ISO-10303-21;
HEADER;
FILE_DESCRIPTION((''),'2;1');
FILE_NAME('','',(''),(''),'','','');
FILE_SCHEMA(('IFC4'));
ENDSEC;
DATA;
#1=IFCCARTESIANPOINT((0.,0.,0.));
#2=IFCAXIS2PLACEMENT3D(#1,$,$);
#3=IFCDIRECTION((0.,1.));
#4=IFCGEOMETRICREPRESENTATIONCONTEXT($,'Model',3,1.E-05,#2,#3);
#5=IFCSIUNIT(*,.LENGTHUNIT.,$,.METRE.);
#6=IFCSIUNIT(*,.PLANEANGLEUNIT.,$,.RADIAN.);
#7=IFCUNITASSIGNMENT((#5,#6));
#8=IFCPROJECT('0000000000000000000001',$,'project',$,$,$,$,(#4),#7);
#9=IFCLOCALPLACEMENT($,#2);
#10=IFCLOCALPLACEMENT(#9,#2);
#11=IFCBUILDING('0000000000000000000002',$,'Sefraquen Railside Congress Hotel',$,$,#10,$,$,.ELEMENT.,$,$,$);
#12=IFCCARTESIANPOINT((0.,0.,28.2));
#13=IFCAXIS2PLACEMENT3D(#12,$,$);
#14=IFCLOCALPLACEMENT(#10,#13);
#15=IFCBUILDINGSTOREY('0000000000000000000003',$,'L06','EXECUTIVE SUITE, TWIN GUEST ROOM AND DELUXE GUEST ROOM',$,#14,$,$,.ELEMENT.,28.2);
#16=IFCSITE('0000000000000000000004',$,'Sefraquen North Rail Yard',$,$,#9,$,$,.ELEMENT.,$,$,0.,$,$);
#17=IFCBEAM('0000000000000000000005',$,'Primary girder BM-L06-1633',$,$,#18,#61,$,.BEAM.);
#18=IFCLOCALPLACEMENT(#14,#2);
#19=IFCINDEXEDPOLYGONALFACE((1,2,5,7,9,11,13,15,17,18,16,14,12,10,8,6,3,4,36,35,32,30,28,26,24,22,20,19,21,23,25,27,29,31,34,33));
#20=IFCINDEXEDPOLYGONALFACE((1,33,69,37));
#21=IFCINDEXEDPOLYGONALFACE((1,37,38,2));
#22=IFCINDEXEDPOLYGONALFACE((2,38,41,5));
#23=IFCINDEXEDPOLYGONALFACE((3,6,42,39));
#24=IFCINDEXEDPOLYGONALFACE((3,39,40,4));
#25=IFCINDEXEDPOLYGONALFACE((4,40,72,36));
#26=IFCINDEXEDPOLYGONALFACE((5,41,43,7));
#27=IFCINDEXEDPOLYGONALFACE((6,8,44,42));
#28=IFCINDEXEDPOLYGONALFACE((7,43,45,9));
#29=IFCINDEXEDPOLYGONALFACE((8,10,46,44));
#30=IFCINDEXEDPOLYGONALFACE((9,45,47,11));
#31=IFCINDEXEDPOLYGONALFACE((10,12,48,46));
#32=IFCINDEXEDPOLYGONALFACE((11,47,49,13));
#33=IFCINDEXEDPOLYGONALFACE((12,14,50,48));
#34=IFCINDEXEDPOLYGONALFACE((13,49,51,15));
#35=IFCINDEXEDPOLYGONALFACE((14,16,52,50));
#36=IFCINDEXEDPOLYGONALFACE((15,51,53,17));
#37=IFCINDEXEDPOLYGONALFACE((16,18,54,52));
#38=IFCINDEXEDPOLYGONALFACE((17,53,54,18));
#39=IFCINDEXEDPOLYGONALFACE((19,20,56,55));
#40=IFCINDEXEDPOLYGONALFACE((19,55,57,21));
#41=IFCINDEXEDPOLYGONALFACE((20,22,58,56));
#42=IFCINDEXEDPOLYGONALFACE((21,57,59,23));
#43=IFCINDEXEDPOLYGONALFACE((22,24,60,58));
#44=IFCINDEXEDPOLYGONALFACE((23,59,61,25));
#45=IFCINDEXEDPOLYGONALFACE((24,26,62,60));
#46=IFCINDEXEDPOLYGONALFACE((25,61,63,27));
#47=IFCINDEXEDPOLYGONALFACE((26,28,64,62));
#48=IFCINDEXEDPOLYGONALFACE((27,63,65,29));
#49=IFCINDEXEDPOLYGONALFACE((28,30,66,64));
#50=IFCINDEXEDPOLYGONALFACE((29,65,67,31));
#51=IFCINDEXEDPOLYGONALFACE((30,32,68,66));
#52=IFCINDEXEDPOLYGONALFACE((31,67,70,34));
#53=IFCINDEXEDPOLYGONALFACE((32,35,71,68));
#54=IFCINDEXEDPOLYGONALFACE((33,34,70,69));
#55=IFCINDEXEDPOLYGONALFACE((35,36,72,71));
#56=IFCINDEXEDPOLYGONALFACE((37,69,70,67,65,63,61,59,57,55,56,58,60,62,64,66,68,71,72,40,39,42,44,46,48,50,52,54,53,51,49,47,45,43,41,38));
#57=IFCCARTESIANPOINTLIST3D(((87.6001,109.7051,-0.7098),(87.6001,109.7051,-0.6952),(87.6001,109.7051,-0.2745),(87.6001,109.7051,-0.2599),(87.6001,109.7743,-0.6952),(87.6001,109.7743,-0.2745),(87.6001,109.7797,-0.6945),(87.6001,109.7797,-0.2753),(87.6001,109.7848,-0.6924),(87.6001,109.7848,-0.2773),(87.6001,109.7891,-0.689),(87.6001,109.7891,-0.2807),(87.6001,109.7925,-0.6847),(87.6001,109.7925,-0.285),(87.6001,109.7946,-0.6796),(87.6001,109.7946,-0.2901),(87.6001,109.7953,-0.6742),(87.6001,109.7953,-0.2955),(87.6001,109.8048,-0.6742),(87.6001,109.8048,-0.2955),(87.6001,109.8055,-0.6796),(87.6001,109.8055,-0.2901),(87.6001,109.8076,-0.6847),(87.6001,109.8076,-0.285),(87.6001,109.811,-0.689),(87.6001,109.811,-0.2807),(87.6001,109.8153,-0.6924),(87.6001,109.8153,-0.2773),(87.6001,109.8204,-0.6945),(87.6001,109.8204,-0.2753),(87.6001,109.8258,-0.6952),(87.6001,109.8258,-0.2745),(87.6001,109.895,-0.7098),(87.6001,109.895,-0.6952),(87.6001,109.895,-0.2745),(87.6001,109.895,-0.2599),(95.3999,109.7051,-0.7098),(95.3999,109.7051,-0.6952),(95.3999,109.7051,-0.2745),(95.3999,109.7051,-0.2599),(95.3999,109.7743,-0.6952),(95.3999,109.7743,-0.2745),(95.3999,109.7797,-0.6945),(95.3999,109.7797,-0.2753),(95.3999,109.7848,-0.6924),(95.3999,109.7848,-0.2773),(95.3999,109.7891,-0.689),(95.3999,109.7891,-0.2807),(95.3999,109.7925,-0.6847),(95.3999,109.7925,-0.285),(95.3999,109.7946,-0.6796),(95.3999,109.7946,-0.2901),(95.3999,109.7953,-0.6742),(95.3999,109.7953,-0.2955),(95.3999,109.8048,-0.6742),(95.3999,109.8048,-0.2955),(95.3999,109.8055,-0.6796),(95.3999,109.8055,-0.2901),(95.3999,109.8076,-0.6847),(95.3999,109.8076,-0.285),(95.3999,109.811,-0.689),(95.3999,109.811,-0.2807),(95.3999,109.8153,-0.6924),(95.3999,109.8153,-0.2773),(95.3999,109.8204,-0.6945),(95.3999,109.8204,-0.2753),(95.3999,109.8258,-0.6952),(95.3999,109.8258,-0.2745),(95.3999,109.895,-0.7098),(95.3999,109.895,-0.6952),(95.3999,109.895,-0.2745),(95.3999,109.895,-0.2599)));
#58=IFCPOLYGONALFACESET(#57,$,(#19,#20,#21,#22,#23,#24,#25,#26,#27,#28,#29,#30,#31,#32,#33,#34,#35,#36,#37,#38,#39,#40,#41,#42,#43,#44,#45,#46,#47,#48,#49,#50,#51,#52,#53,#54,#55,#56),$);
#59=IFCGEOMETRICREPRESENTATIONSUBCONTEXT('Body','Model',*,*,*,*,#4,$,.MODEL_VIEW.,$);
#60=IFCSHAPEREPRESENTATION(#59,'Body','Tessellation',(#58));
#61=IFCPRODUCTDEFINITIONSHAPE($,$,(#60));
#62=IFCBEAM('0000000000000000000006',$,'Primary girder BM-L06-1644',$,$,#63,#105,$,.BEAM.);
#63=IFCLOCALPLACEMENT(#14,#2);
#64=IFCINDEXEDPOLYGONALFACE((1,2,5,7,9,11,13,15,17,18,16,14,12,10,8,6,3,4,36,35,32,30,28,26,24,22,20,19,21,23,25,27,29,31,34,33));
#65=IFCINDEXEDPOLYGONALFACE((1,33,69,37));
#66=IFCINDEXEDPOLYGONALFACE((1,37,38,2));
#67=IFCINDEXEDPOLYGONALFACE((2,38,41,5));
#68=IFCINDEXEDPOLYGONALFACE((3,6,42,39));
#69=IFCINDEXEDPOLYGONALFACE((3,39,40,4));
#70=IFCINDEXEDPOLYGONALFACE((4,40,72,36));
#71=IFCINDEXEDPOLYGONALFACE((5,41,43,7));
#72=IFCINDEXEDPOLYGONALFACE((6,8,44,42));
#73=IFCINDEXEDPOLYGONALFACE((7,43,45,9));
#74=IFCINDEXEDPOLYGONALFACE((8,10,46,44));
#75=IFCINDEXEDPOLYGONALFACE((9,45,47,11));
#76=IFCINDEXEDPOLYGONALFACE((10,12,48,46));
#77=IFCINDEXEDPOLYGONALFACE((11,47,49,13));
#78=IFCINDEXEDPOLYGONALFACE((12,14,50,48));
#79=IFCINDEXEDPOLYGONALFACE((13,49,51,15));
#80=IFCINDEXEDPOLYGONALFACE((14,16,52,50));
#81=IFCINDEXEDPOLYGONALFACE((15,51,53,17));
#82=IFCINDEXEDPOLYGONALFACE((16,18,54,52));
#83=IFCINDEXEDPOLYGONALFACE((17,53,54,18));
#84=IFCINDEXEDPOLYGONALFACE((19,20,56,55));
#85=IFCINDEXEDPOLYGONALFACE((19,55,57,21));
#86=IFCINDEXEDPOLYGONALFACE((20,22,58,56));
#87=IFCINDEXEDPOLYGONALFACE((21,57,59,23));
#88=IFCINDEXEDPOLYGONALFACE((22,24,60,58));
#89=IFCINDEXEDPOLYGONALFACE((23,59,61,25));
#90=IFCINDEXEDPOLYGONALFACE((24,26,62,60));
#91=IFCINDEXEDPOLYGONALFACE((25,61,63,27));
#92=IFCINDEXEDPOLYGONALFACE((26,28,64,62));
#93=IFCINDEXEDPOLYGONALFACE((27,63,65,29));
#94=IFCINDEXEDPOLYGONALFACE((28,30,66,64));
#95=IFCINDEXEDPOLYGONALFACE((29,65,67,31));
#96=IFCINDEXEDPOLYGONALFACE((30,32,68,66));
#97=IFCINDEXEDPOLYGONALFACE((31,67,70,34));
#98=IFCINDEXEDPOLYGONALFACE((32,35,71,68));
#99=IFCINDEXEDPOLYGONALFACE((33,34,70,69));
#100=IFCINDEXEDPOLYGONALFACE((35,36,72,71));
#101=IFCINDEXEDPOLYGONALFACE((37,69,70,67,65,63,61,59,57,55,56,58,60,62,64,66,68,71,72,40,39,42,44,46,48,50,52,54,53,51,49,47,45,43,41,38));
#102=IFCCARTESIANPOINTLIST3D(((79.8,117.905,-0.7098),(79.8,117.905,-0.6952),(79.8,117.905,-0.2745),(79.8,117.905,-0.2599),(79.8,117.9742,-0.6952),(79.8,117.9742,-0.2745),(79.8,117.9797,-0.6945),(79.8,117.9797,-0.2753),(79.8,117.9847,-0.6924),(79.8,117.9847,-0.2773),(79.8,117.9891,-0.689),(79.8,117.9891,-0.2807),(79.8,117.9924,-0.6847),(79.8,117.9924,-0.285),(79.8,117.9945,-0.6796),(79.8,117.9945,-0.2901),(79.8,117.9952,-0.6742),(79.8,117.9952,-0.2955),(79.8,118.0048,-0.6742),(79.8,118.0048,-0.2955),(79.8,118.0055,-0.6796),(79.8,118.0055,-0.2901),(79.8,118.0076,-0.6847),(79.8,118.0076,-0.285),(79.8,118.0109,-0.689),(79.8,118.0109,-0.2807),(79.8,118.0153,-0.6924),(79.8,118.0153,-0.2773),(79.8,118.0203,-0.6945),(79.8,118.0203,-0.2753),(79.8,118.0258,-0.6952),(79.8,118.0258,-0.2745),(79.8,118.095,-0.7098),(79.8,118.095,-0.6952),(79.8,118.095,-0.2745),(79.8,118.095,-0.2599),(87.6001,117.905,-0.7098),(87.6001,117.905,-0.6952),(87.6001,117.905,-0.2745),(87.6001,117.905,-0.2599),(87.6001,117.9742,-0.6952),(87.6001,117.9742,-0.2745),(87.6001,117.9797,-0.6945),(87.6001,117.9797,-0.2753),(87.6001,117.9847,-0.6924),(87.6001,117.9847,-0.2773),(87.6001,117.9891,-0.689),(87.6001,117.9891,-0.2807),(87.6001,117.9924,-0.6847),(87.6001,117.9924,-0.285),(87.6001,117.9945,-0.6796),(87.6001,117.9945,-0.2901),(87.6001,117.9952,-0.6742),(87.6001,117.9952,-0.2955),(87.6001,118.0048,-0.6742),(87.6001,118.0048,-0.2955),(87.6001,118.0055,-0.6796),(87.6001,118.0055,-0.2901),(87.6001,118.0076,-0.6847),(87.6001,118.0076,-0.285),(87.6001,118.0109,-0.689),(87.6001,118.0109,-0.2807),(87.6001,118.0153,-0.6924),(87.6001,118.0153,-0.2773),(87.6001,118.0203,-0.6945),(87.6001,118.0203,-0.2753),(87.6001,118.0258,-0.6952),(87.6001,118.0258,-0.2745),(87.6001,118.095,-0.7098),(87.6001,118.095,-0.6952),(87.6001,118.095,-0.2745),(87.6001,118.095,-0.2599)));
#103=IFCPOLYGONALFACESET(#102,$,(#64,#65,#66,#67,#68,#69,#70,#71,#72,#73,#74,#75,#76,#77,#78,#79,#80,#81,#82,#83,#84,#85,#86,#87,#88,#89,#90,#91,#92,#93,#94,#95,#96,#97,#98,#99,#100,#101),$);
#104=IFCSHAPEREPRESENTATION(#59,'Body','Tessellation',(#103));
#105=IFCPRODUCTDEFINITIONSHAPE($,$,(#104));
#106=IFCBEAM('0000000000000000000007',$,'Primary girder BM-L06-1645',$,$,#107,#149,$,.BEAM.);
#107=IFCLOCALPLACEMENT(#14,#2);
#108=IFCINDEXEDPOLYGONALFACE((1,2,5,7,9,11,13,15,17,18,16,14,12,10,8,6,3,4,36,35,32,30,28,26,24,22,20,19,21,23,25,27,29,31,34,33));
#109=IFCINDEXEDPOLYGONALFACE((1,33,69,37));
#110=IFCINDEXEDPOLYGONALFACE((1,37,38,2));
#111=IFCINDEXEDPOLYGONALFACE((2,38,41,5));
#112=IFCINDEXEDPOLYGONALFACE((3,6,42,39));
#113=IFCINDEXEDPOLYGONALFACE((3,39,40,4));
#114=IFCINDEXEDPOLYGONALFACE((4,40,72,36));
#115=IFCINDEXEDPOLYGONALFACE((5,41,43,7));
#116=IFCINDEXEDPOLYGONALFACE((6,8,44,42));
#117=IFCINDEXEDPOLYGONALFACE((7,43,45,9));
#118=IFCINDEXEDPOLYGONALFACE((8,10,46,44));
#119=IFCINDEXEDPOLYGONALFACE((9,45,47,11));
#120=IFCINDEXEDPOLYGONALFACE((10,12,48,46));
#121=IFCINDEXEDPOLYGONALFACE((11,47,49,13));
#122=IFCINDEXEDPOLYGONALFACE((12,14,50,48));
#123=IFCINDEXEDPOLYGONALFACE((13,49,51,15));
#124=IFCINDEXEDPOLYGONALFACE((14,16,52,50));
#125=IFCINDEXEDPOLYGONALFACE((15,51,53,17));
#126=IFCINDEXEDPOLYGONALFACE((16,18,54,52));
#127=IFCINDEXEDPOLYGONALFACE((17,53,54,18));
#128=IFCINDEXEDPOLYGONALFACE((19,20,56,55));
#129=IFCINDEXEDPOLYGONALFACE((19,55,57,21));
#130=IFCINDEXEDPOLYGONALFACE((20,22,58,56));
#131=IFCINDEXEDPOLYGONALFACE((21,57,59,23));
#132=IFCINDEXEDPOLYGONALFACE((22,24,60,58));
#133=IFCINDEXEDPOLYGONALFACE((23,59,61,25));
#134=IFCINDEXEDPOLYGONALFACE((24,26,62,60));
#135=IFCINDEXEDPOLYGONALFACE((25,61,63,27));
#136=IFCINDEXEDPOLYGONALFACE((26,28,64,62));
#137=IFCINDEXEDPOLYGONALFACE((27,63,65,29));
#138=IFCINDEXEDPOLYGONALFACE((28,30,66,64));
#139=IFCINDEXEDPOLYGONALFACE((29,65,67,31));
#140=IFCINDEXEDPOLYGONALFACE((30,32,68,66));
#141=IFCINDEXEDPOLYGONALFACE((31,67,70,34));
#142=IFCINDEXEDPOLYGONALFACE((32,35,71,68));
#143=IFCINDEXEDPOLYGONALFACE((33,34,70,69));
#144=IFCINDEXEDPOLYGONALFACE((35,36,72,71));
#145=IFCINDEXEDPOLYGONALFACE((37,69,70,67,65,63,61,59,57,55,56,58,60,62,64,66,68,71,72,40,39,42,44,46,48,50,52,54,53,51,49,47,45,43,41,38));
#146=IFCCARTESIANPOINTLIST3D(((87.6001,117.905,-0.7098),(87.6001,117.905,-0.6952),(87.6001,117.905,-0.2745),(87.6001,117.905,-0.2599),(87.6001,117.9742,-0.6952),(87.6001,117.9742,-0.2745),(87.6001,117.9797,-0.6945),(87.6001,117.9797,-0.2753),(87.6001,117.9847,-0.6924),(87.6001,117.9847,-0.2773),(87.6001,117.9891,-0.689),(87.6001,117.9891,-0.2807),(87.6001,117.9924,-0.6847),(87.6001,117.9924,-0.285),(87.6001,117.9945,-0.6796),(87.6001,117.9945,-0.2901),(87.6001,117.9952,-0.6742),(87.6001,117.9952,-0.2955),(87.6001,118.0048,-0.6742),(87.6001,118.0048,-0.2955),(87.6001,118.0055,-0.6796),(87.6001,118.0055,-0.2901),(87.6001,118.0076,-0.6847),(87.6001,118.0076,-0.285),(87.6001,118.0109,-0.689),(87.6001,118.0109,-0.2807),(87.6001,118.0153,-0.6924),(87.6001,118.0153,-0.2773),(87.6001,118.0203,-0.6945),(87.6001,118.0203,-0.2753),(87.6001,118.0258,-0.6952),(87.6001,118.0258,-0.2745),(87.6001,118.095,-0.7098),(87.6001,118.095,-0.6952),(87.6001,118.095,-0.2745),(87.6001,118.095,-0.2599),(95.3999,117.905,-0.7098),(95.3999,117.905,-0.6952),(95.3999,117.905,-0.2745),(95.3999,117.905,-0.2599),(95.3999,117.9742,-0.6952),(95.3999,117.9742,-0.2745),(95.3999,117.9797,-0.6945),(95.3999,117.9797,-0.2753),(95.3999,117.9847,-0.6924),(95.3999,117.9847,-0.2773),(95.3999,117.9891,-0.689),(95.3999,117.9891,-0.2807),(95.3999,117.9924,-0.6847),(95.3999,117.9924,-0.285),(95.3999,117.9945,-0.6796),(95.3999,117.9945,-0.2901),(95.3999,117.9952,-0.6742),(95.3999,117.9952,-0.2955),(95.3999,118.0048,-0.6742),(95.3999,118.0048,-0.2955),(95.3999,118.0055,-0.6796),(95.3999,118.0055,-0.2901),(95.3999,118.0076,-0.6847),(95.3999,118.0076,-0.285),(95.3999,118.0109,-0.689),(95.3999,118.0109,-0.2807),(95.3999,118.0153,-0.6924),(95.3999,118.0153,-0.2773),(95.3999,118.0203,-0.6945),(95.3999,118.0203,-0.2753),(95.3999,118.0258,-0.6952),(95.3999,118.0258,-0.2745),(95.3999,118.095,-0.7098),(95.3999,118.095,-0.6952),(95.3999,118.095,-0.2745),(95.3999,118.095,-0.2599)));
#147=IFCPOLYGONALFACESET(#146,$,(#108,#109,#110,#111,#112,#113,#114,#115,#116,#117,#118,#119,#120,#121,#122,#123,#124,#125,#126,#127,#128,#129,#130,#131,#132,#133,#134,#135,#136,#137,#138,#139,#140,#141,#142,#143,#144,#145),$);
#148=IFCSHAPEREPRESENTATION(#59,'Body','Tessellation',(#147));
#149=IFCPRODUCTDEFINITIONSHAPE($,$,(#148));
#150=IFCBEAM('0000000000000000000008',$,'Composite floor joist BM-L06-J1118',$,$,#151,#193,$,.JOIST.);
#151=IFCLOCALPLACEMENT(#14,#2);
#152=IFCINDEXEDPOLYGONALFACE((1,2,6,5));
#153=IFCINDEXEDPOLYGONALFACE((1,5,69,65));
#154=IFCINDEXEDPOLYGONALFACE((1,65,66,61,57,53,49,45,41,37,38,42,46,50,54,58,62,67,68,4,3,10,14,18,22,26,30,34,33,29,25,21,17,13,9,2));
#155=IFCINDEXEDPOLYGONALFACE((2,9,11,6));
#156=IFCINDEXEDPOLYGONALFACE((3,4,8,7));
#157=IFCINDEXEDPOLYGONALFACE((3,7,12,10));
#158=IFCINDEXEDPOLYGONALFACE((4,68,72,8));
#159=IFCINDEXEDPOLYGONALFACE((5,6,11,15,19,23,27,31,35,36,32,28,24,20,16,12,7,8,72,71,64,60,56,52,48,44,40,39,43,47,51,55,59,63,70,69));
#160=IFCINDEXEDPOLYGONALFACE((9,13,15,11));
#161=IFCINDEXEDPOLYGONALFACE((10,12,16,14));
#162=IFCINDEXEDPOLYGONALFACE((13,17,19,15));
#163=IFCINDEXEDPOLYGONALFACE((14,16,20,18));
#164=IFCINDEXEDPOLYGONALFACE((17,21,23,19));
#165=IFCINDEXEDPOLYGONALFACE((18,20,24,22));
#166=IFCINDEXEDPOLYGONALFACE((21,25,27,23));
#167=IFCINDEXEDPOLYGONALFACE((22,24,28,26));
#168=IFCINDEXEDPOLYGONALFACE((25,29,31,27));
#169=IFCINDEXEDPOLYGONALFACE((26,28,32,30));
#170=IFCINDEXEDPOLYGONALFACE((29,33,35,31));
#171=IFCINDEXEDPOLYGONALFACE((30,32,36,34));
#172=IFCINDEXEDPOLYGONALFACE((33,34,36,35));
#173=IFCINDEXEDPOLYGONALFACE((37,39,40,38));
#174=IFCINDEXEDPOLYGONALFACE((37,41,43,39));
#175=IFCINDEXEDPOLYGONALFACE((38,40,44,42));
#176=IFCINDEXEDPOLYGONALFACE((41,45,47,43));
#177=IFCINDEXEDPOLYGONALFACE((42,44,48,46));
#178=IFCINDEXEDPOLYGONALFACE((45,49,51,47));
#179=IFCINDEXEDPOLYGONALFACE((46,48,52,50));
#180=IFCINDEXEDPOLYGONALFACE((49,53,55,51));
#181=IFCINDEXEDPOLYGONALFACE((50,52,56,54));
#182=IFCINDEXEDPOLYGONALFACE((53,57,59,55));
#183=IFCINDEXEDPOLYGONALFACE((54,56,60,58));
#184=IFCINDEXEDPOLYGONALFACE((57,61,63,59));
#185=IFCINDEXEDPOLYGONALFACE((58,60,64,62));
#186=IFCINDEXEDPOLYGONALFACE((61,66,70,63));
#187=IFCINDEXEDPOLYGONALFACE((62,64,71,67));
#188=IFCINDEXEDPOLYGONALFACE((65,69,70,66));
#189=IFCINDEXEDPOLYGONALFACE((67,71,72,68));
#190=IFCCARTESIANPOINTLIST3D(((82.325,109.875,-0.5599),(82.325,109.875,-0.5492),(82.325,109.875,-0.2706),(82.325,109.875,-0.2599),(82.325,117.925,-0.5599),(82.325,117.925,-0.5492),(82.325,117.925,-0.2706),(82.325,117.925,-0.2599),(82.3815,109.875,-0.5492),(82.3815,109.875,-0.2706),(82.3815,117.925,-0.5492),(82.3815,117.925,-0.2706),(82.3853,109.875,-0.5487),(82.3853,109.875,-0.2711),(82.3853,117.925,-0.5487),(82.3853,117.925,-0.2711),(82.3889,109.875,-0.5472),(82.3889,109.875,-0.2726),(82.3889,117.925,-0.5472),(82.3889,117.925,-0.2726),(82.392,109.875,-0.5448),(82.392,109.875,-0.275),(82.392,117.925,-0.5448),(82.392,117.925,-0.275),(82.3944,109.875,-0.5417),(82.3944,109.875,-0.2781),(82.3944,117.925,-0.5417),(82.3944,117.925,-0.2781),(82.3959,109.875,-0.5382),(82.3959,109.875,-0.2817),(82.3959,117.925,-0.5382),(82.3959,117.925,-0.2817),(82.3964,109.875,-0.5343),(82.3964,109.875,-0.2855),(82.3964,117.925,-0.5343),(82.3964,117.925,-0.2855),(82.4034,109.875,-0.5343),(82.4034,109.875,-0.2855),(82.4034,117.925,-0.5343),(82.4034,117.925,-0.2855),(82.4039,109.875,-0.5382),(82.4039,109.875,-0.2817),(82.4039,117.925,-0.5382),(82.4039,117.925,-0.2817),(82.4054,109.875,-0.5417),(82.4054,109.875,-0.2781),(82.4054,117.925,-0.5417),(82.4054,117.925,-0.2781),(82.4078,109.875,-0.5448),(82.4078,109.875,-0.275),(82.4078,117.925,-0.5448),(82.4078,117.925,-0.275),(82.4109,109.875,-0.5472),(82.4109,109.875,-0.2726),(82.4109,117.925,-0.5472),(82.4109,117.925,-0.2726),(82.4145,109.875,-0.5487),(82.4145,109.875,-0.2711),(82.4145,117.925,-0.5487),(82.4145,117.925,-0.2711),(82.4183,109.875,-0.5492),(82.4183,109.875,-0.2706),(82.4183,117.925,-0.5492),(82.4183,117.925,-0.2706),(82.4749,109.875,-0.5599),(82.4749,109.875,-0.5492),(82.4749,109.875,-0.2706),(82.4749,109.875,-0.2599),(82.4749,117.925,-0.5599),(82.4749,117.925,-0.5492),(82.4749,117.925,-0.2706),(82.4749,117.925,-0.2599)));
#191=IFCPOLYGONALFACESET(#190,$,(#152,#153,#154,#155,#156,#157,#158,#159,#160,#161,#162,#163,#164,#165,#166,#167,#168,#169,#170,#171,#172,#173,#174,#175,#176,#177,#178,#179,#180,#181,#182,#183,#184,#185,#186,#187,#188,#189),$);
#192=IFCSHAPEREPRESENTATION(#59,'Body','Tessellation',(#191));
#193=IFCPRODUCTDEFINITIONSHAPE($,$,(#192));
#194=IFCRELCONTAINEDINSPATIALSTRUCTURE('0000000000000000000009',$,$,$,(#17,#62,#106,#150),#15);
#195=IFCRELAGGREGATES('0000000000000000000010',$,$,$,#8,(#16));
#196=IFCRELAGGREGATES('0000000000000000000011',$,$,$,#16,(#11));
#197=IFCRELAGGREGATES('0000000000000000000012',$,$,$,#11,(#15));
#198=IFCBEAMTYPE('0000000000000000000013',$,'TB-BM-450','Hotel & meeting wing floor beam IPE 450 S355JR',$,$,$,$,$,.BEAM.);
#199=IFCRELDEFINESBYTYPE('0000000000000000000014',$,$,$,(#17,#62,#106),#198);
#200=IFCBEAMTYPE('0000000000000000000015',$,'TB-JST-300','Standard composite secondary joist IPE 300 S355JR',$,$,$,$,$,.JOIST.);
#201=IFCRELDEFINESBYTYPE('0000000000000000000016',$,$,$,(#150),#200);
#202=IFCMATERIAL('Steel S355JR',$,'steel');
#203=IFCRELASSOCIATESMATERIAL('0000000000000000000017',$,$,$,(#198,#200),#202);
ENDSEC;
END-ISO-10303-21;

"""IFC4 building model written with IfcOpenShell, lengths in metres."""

from ifc_helpers import new_model, si_unit, direction, frame, origin, origin_2d, place, context, subcontext, project, spatial, i_section, extrude, material, material_profile, profile_set, type_object, element, save


model = new_model("IFC4")

# Units and contexts
model_context = context("Model", 3, precision=1e-05, world=origin(), true_north=direction((0.0, 1.0)))
body_context = subcontext(model_context, "Body", "Model", "MODEL_VIEW")
ifc_project = project(units=[si_unit("LENGTHUNIT", "METRE"), si_unit("PLANEANGLEUNIT", "RADIAN")], contexts=[model_context])

# Site, building, storey
site_placement = place(None, origin())
site = spatial("IfcSite", under=ifc_project, at=site_placement, Name="Sefraquen North Rail Yard", CompositionType="ELEMENT", RefElevation=0.0)
building_placement = place(site_placement, origin())
building = spatial("IfcBuilding", under=site, at=building_placement, Name="Sefraquen Railside Congress Hotel", CompositionType="ELEMENT")
storey_placement = place(building_placement, frame((0.0, 0.0, 28.2)))
storey = spatial("IfcBuildingStorey", under=building, at=storey_placement, Name="L06", Description="EXECUTIVE SUITE, TWIN GUEST ROOM AND DELUXE GUEST ROOM", CompositionType="ELEMENT", Elevation=28.2)

# Shared definitions
ifc_material_1 = material(Name="Steel S355JR", Category="steel")

# Beams
ifc_material_profile_1 = material_profile(ifc_material_1, i_section(OverallWidth=0.1899, OverallDepth=0.45, WebThickness=0.0095, FlangeThickness=0.0146, FilletRadius=0.021, at=origin_2d()), Name="IPE 450")
ifc_profile_set_1 = profile_set([ifc_material_profile_1], Name="Steel S355JR")
beam_type_1 = type_object("IfcBeamType", Name="TB-BM-450", Description="Hotel & meeting wing floor beam IPE 450 S355JR", PredefinedType="BEAM", material=ifc_profile_set_1)
beam_1_placement = place(storey_placement, frame((87.6001, 109.8, -0.4849), z_axis=(1.0, 0.0, 0.0), x_axis=(0.0, 1.0, 0.0)))
element("IfcBeam", 1, at=beam_1_placement, inside=storey, type_object=beam_type_1, Name="Primary girder BM-L06-1633", PredefinedType="BEAM", context=body_context, shape_type="SweptSolid", body=[
    extrude(i_section(OverallWidth=0.1899, OverallDepth=0.45, WebThickness=0.0095, FlangeThickness=0.0146, FilletRadius=0.021, at=origin_2d()), origin(), (0.0, 0.0, 1.0), 7.7998),
])
beam_2_placement = place(storey_placement, frame((79.8, 118.0, -0.4849), z_axis=(1.0, 0.0, 0.0), x_axis=(0.0, 1.0, 0.0)))
element("IfcBeam", 2, at=beam_2_placement, inside=storey, type_object=beam_type_1, Name="Primary girder BM-L06-1644", PredefinedType="BEAM", context=body_context, shape_type="SweptSolid", body=[
    extrude(i_section(OverallWidth=0.1899, OverallDepth=0.45, WebThickness=0.0095, FlangeThickness=0.0146, FilletRadius=0.021, at=origin_2d()), origin(), (0.0, 0.0, 1.0), 7.8),
])
beam_3_placement = place(storey_placement, frame((87.6001, 118.0, -0.4849), z_axis=(1.0, 0.0, 0.0), x_axis=(0.0, 1.0, 0.0)))
element("IfcBeam", 3, at=beam_3_placement, inside=storey, type_object=beam_type_1, Name="Primary girder BM-L06-1645", PredefinedType="BEAM", context=body_context, shape_type="SweptSolid", body=[
    extrude(i_section(OverallWidth=0.1899, OverallDepth=0.45, WebThickness=0.0095, FlangeThickness=0.0146, FilletRadius=0.021, at=origin_2d()), origin(), (0.0, 0.0, 1.0), 7.7998),
])
ifc_material_profile_2 = material_profile(ifc_material_1, i_section(OverallWidth=0.1499, OverallDepth=0.3, WebThickness=0.0071, FlangeThickness=0.0107, FilletRadius=0.0149, at=origin_2d()), Name="IPE 300")
ifc_profile_set_2 = profile_set([ifc_material_profile_2], Name="Steel S355JR")
beam_type_2 = type_object("IfcBeamType", Name="TB-JST-300", Description="Standard composite secondary joist IPE 300 S355JR", PredefinedType="JOIST", material=ifc_profile_set_2)
for number, where, z_axis, x_axis, name in (
    (4, (82.3999, 109.875, -0.4099), (0.0, 1.0, 0.0), (-1.0, 0.0, 0.0), "Composite floor joist BM-L06-J1118"),
):
    element("IfcBeam", number, at=place(storey_placement, frame(where, z_axis=z_axis, x_axis=x_axis)), inside=storey, type_object=beam_type_2, Name=name, PredefinedType="JOIST", context=body_context, shape_type="SweptSolid", body=[
        extrude(i_section(OverallWidth=0.1499, OverallDepth=0.3, WebThickness=0.0071, FlangeThickness=0.0107, FilletRadius=0.0149, at=origin_2d()), origin(), (0.0, 0.0, 1.0), 8.05),
    ])

save(model, "model.ifc")
